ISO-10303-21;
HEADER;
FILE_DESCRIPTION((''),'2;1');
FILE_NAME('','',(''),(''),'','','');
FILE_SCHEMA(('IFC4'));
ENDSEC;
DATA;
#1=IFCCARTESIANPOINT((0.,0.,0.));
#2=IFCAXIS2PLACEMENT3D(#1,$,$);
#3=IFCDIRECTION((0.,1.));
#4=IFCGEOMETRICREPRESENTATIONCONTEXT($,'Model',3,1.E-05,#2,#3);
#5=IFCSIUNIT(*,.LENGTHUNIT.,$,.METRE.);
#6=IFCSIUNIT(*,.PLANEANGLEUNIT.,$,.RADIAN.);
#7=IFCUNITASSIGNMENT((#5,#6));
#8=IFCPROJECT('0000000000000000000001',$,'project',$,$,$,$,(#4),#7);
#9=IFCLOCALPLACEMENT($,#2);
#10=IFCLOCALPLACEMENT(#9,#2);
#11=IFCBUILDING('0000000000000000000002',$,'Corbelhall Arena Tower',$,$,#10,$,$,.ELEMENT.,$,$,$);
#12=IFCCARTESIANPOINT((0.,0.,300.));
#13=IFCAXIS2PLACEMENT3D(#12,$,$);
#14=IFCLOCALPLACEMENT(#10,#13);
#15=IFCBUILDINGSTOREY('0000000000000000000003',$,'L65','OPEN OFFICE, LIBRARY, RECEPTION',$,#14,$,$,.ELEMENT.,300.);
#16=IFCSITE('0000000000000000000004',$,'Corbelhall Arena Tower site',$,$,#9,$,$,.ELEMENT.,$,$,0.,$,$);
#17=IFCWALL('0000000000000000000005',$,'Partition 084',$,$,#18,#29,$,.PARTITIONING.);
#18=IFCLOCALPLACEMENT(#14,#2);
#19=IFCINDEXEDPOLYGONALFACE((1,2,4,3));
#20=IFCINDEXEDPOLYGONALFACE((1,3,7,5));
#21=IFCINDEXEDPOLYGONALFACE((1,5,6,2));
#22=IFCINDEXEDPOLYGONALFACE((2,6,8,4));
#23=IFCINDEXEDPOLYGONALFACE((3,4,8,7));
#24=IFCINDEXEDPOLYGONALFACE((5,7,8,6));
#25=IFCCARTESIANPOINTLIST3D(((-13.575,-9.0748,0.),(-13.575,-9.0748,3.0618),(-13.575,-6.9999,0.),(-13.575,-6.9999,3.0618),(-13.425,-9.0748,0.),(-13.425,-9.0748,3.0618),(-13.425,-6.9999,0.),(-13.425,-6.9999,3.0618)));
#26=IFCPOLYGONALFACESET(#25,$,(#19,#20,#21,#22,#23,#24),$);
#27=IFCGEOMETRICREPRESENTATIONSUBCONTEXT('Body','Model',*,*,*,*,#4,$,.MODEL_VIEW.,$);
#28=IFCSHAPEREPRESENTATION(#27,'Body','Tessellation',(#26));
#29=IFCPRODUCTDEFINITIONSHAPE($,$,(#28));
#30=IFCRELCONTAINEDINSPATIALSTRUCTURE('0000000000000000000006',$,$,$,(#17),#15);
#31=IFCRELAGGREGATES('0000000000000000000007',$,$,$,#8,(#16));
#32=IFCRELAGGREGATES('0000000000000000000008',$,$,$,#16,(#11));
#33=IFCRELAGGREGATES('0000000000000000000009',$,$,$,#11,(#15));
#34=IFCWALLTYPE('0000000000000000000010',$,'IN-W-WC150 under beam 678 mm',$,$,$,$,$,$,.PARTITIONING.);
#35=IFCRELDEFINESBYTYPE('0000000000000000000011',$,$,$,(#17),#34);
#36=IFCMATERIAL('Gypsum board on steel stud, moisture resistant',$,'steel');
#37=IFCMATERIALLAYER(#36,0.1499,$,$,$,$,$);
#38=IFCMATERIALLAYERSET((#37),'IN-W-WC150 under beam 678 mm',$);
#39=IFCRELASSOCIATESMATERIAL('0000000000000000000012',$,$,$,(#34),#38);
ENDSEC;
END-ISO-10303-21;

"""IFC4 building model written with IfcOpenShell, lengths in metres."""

from ifc_helpers import new_model, si_unit, direction, frame, frame_2d, origin, place, context, subcontext, project, spatial, rectangle, extrude, material, layer, layer_set, type_object, element, save


model = new_model("IFC4")

# Units and contexts
model_context = context("Model", 3, precision=1e-05, world=origin(), true_north=direction((0.0, 1.0)))
body_context = subcontext(model_context, "Body", "Model", "MODEL_VIEW")
ifc_project = project(units=[si_unit("LENGTHUNIT", "METRE"), si_unit("PLANEANGLEUNIT", "RADIAN")], contexts=[model_context])

# Site, building, storey
site_placement = place(None, origin())
site = spatial("IfcSite", under=ifc_project, at=site_placement, Name="Corbelhall Arena Tower site", CompositionType="ELEMENT", RefElevation=0.0)
building_placement = place(site_placement, origin())
building = spatial("IfcBuilding", under=site, at=building_placement, Name="Corbelhall Arena Tower", CompositionType="ELEMENT")
storey_placement = place(building_placement, frame((0.0, 0.0, 300.0)))
storey = spatial("IfcBuildingStorey", under=building, at=storey_placement, Name="L65", Description="OPEN OFFICE, LIBRARY, RECEPTION", CompositionType="ELEMENT", Elevation=300.0)

# Wall
ifc_material_1 = material(Name="Gypsum board on steel stud, moisture resistant", Category="steel")
ifc_layer_1 = layer(ifc_material_1, 0.1499)
ifc_layer_set_1 = layer_set([ifc_layer_1], Name="IN-W-WC150 under beam 678 mm")
wall_type_1 = type_object("IfcWallType", Name="IN-W-WC150 under beam 678 mm", PredefinedType="PARTITIONING", material=ifc_layer_set_1)
wall_1_placement = place(storey_placement, frame((-13.5, -9.075, 0.0), z_axis=(0.0, 0.0, 1.0), x_axis=(0.0, 1.0, 0.0)))
element("IfcWall", 1, at=wall_1_placement, inside=storey, type_object=wall_type_1, Name="Partition 084", PredefinedType="PARTITIONING", context=body_context, shape_type="SweptSolid", body=[
    extrude(rectangle(XDim=2.075, YDim=0.1499, at=frame_2d((1.0376, 0.0))), origin(), (0.0, 0.0, 1.0), 3.0618),
])

save(model, "model.ifc")
